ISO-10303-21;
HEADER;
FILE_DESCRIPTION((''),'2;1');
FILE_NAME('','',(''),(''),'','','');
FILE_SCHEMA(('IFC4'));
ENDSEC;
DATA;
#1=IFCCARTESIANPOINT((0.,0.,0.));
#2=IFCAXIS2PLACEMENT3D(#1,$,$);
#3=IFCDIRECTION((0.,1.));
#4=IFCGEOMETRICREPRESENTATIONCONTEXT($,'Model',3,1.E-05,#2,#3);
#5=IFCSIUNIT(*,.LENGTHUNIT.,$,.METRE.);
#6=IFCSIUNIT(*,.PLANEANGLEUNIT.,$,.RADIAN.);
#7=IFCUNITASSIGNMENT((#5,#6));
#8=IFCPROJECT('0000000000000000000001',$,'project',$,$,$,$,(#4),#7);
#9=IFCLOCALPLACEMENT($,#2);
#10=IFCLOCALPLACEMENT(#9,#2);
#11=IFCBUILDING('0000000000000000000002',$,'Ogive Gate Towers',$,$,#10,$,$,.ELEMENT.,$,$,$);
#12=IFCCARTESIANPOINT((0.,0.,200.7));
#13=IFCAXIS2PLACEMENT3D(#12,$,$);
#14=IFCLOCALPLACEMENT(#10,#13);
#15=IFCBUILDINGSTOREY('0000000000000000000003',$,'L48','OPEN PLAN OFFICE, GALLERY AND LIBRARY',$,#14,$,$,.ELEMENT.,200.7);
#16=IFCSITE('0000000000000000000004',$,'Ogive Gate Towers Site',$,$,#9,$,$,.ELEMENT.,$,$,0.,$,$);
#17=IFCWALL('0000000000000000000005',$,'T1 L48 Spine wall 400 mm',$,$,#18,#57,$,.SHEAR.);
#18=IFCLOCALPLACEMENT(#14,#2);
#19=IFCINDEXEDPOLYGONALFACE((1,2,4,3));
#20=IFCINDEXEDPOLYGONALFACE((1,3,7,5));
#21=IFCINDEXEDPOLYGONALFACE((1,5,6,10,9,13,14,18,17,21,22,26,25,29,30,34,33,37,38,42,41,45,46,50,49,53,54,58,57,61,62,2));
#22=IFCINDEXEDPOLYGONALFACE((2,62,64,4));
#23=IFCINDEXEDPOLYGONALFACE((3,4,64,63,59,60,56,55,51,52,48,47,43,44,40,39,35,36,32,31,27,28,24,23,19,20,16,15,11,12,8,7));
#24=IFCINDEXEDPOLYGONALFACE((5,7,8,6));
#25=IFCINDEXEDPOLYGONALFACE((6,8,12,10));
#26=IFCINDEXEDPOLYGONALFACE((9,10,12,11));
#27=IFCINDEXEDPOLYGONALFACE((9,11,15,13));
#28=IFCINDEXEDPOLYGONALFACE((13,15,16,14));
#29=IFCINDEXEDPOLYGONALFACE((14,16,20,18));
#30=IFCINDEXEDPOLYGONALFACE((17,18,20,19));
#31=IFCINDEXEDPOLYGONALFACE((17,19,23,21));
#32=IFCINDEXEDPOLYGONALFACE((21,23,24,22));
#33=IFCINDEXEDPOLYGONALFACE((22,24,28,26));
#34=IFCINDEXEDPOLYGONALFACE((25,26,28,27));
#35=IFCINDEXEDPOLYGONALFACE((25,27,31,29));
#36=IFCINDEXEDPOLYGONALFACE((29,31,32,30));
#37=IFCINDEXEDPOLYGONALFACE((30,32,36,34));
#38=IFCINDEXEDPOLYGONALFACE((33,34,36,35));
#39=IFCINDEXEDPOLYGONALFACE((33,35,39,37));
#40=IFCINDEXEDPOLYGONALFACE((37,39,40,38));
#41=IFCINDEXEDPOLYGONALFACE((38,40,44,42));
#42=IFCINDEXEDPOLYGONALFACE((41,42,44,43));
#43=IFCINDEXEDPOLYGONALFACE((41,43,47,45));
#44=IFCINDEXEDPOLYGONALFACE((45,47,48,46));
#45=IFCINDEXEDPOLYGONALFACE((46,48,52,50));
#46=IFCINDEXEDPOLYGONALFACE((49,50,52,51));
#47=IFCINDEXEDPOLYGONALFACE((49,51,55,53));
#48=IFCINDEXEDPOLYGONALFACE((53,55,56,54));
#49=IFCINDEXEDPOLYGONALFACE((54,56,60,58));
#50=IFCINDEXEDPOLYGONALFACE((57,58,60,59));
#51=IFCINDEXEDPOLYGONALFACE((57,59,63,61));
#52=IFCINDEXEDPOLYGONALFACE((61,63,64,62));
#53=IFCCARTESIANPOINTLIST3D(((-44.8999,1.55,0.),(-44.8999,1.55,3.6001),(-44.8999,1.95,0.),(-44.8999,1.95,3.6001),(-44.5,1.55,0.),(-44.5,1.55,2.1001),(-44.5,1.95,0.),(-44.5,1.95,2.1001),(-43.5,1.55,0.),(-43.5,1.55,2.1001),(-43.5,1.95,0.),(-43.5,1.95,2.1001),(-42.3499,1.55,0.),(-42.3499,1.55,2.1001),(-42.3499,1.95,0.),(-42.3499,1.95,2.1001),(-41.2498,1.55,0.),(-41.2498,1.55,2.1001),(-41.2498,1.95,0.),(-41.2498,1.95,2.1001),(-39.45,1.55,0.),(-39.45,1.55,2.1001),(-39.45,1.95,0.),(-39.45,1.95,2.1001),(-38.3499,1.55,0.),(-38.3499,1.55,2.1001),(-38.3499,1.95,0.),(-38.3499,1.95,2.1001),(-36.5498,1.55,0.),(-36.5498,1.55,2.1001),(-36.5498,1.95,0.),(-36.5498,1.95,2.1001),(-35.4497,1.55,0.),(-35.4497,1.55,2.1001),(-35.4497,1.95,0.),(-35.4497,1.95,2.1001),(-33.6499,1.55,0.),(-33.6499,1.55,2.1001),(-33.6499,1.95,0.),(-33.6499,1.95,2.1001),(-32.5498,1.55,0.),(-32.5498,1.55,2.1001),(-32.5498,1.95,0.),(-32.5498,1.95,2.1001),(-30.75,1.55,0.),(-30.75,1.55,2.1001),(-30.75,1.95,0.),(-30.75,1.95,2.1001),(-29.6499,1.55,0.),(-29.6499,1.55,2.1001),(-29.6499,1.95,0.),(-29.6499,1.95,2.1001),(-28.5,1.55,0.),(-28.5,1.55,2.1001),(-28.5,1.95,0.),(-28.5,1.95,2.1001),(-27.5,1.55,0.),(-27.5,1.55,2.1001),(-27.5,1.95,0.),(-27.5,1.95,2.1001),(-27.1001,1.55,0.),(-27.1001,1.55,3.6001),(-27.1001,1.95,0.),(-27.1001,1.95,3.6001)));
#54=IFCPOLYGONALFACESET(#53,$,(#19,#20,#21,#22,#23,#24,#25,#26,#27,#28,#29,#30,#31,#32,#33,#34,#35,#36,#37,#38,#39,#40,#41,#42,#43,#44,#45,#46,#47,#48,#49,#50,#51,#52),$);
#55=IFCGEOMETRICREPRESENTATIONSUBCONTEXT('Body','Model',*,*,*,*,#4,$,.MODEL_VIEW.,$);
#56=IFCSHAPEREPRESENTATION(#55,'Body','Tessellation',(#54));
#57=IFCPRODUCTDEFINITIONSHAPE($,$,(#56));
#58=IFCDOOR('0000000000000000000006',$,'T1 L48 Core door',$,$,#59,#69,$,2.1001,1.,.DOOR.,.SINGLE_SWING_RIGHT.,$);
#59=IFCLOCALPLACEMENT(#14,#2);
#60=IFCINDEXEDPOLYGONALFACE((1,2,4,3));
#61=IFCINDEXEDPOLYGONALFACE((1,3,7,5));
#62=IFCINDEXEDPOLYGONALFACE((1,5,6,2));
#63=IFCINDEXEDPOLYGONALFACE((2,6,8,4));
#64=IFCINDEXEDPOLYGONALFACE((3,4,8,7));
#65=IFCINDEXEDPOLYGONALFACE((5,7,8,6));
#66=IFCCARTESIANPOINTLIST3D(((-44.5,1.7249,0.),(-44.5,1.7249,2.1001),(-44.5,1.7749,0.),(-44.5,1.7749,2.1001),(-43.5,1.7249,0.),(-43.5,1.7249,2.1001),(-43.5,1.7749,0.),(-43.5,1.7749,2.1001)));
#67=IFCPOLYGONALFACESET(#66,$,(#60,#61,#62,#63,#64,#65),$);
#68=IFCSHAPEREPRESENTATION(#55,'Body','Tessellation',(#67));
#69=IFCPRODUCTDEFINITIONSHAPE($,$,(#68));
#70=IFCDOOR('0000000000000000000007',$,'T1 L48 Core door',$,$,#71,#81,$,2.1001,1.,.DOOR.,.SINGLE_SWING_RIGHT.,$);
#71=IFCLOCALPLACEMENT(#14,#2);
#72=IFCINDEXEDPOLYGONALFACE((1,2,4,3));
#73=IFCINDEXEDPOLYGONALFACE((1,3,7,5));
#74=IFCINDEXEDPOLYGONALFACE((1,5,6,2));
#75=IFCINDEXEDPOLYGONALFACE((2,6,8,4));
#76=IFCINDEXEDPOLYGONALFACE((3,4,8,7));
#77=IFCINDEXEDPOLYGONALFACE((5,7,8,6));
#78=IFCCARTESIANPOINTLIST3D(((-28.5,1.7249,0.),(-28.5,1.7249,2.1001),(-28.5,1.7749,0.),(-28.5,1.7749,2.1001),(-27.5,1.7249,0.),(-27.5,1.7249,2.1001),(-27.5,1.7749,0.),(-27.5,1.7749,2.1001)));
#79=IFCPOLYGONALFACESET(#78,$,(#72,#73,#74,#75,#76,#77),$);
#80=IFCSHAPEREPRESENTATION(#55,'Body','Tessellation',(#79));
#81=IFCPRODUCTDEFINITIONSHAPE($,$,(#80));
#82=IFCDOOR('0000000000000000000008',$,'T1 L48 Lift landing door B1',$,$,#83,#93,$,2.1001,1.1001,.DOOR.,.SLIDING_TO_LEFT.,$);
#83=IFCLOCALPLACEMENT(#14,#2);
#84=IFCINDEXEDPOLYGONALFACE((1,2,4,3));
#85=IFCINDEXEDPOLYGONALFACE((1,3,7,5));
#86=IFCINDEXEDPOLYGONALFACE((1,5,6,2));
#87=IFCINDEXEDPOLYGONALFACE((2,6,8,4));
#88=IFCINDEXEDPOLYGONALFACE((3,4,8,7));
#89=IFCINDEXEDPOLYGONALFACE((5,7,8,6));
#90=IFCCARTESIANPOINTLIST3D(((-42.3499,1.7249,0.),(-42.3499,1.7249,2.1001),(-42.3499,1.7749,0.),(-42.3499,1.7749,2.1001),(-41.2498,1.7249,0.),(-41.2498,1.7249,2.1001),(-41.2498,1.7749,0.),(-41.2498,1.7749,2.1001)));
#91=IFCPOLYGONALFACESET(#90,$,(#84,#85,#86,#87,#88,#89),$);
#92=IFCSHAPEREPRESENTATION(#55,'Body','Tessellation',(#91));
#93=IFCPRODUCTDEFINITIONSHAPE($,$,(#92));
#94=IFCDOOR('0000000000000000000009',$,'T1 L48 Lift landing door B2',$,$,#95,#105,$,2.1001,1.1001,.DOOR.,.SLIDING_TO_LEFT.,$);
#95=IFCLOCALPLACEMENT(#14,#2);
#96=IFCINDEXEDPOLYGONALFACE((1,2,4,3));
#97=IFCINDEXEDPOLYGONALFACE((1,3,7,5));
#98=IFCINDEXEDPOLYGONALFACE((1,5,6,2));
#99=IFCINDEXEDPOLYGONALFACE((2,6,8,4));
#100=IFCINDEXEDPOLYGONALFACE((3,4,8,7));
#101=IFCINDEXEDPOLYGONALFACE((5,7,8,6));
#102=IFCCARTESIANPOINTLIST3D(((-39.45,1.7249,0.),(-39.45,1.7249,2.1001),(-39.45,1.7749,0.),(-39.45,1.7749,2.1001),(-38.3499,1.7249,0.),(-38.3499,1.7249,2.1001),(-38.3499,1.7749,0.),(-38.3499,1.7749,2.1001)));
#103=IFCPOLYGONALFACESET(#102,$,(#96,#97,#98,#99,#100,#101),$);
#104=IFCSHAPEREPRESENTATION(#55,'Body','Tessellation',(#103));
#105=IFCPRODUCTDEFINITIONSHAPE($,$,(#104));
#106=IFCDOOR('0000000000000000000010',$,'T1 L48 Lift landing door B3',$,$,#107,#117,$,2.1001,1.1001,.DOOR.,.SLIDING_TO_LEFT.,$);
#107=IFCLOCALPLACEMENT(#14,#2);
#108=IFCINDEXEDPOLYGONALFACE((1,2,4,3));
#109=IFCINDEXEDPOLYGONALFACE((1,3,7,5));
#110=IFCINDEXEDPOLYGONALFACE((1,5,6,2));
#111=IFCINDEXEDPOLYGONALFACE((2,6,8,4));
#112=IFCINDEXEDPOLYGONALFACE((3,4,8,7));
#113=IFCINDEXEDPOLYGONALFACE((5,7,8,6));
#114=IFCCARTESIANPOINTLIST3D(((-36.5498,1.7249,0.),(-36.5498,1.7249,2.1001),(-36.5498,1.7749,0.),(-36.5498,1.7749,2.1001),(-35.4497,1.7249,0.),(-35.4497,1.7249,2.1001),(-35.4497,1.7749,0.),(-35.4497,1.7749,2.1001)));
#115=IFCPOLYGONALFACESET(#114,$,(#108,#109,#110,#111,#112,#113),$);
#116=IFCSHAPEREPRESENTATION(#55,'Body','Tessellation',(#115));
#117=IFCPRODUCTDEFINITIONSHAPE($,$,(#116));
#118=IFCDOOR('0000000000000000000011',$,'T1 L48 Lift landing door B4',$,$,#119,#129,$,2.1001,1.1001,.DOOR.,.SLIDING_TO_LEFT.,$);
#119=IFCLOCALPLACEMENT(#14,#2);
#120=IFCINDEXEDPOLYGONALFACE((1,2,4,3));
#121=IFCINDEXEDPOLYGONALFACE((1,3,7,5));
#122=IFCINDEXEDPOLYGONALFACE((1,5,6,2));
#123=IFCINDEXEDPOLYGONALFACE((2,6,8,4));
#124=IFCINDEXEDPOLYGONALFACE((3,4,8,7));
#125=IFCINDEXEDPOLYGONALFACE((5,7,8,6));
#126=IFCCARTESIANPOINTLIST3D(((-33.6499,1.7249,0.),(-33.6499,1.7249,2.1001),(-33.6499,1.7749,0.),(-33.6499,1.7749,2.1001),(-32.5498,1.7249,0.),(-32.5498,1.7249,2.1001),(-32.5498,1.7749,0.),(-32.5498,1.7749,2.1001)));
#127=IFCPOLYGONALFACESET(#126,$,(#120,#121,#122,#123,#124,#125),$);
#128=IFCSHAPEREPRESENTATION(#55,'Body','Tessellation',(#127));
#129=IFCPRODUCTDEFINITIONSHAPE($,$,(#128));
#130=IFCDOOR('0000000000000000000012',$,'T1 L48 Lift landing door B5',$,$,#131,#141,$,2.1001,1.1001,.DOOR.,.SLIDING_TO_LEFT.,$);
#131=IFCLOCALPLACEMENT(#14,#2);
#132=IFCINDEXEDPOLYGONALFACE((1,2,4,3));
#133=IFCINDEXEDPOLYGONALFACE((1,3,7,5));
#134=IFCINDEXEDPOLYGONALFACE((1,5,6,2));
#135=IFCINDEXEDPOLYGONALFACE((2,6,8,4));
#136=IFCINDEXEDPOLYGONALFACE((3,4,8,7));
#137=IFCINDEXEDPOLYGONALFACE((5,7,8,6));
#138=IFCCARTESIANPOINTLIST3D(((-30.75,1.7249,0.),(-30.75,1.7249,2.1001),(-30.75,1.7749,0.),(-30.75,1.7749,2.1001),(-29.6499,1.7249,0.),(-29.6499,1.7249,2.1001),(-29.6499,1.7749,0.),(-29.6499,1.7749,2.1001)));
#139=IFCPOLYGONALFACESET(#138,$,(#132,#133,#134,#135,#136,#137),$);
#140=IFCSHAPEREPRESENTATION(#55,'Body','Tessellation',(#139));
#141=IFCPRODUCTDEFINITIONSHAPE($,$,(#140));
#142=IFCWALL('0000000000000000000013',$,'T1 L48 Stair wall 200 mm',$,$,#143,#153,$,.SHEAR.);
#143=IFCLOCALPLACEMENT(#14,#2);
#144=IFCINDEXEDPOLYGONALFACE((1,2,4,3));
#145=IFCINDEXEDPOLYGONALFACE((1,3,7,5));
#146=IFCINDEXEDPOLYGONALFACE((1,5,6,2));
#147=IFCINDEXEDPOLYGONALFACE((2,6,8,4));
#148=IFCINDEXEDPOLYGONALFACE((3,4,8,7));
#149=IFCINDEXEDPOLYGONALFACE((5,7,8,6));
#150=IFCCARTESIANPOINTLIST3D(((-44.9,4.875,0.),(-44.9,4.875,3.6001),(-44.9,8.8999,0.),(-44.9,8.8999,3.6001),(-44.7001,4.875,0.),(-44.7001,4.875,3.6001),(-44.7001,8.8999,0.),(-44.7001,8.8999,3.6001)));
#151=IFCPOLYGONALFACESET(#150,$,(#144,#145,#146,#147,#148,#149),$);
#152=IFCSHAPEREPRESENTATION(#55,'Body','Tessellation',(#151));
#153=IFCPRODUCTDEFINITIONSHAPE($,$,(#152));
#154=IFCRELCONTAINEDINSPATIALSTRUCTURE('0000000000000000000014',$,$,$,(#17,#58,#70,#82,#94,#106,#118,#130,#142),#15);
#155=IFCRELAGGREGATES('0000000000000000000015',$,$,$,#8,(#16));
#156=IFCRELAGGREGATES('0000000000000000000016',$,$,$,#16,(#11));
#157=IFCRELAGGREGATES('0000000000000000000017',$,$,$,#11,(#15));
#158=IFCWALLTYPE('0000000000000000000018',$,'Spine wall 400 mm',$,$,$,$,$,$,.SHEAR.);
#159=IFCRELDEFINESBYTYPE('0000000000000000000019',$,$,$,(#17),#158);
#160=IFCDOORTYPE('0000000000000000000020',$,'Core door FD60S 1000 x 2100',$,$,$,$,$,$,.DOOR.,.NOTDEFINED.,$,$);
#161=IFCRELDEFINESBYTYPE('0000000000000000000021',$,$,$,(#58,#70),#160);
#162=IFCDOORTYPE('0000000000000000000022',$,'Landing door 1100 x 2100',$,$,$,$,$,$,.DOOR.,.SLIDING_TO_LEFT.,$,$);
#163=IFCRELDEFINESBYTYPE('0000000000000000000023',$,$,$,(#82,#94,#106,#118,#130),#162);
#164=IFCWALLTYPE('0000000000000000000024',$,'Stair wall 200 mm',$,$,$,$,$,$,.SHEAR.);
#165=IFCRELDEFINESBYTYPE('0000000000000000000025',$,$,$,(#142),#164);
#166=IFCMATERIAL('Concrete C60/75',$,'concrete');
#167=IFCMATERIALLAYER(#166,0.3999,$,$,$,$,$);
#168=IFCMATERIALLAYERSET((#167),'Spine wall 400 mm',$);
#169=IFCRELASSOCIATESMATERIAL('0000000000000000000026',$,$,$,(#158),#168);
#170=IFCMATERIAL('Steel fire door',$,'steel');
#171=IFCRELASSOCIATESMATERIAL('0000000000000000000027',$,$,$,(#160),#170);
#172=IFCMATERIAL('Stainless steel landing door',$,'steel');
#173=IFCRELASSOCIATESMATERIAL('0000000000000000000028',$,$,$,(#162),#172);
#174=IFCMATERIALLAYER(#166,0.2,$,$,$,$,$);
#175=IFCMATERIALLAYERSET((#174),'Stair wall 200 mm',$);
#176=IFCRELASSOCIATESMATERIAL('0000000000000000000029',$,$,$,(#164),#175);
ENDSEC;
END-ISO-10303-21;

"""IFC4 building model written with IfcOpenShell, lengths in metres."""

from ifc_helpers import new_model, si_unit, direction, frame, frame_2d, origin, place, context, subcontext, project, spatial, rectangle, extrude, material, layer, layer_set, type_object, element, fill, save


model = new_model("IFC4")

# Units and contexts
model_context = context("Model", 3, precision=1e-05, world=origin(), true_north=direction((0.0, 1.0)))
body_context = subcontext(model_context, "Body", "Model", "MODEL_VIEW")
ifc_project = project(units=[si_unit("LENGTHUNIT", "METRE"), si_unit("PLANEANGLEUNIT", "RADIAN")], contexts=[model_context])

# Site, building, storey
site_placement = place(None, origin())
site = spatial("IfcSite", under=ifc_project, at=site_placement, Name="Ogive Gate Towers Site", CompositionType="ELEMENT", RefElevation=0.0)
building_placement = place(site_placement, origin())
building = spatial("IfcBuilding", under=site, at=building_placement, Name="Ogive Gate Towers", CompositionType="ELEMENT")
storey_placement = place(building_placement, frame((0.0, 0.0, 200.7)))
storey = spatial("IfcBuildingStorey", under=building, at=storey_placement, Name="L48", Description="OPEN PLAN OFFICE, GALLERY AND LIBRARY", CompositionType="ELEMENT", Elevation=200.7)

# Shared definitions
ifc_material_1 = material(Name="Concrete C60/75", Category="concrete")

# Shared definitions
ifc_material_2 = material(Name="Steel fire door", Category="steel")

# Wall, openings, doors
ifc_layer_1 = layer(ifc_material_1, 0.3999)
ifc_layer_set_1 = layer_set([ifc_layer_1], Name="Spine wall 400 mm")
wall_type_1 = type_object("IfcWallType", Name="Spine wall 400 mm", PredefinedType="SHEAR", material=ifc_layer_set_1)
wall_1_placement = place(storey_placement, frame((-44.8999, 1.75, 0.0), z_axis=(0.0, 0.0, 1.0), x_axis=(1.0, 0.0, 0.0)))
wall_1 = element("IfcWall", 1, at=wall_1_placement, inside=storey, type_object=wall_type_1, Name="T1 L48 Spine wall 400 mm", PredefinedType="SHEAR", context=body_context, shape_type="SweptSolid", body=[
    extrude(rectangle(XDim=17.7998, YDim=0.3999, at=frame_2d((8.8999, 0.0))), origin(), (0.0, 0.0, 1.0), 3.6001),
])
opening_1_placement = place(wall_1_placement, frame((0.3999, 0.0, 0.0)))
opening_1 = element("IfcOpeningElement", 2, at=opening_1_placement, cuts=wall_1, PredefinedType="OPENING", context=body_context, shape_type="SweptSolid", body=[
    extrude(rectangle(XDim=1.0, YDim=2.1001, at=frame_2d((0.5, 1.05))), frame((0.0, 0.21, 0.0), z_axis=(0.0, -1.0, 0.0), x_axis=(1.0, 0.0, 0.0)), (0.0, 0.0, 1.0), 0.4199),
])
opening_2_placement = place(wall_1_placement, frame((2.55, 0.0, 0.0)))
opening_2 = element("IfcOpeningElement", 3, at=opening_2_placement, cuts=wall_1, PredefinedType="OPENING", context=body_context, shape_type="SweptSolid", body=[
    extrude(rectangle(XDim=1.1001, YDim=2.1001, at=frame_2d((0.55, 1.05))), frame((0.0, 0.21, 0.0), z_axis=(0.0, -1.0, 0.0), x_axis=(1.0, 0.0, 0.0)), (0.0, 0.0, 1.0), 0.4199),
])
opening_3_placement = place(wall_1_placement, frame((5.45, 0.0, 0.0)))
opening_3 = element("IfcOpeningElement", 4, at=opening_3_placement, cuts=wall_1, PredefinedType="OPENING", context=body_context, shape_type="SweptSolid", body=[
    extrude(rectangle(XDim=1.1001, YDim=2.1001, at=frame_2d((0.55, 1.05))), frame((0.0, 0.21, 0.0), z_axis=(0.0, -1.0, 0.0), x_axis=(1.0, 0.0, 0.0)), (0.0, 0.0, 1.0), 0.4199),
])
opening_4_placement = place(wall_1_placement, frame((8.3501, 0.0, 0.0)))
opening_4 = element("IfcOpeningElement", 5, at=opening_4_placement, cuts=wall_1, PredefinedType="OPENING", context=body_context, shape_type="SweptSolid", body=[
    extrude(rectangle(XDim=1.1001, YDim=2.1001, at=frame_2d((0.55, 1.05))), frame((0.0, 0.21, 0.0), z_axis=(0.0, -1.0, 0.0), x_axis=(1.0, 0.0, 0.0)), (0.0, 0.0, 1.0), 0.4199),
])
opening_5_placement = place(wall_1_placement, frame((11.25, 0.0, 0.0)))
opening_5 = element("IfcOpeningElement", 6, at=opening_5_placement, cuts=wall_1, PredefinedType="OPENING", context=body_context, shape_type="SweptSolid", body=[
    extrude(rectangle(XDim=1.1001, YDim=2.1001, at=frame_2d((0.55, 1.05))), frame((0.0, 0.21, 0.0), z_axis=(0.0, -1.0, 0.0), x_axis=(1.0, 0.0, 0.0)), (0.0, 0.0, 1.0), 0.4199),
])
opening_6_placement = place(wall_1_placement, frame((14.1499, 0.0, 0.0)))
opening_6 = element("IfcOpeningElement", 7, at=opening_6_placement, cuts=wall_1, PredefinedType="OPENING", context=body_context, shape_type="SweptSolid", body=[
    extrude(rectangle(XDim=1.1001, YDim=2.1001, at=frame_2d((0.55, 1.05))), frame((0.0, 0.21, 0.0), z_axis=(0.0, -1.0, 0.0), x_axis=(1.0, 0.0, 0.0)), (0.0, 0.0, 1.0), 0.4199),
])
opening_7_placement = place(wall_1_placement, frame((16.3999, 0.0, 0.0)))
opening_7 = element("IfcOpeningElement", 8, at=opening_7_placement, cuts=wall_1, PredefinedType="OPENING", context=body_context, shape_type="SweptSolid", body=[
    extrude(rectangle(XDim=1.0, YDim=2.1001, at=frame_2d((0.5, 1.05))), frame((0.0, 0.21, 0.0), z_axis=(0.0, -1.0, 0.0), x_axis=(1.0, 0.0, 0.0)), (0.0, 0.0, 1.0), 0.4199),
])
door_type_1 = type_object("IfcDoorType", Name="Core door FD60S 1000 x 2100", OperationType="NOTDEFINED", PredefinedType="DOOR", material=ifc_material_2)
door_1_placement = place(opening_1_placement, origin())
door_1 = element("IfcDoor", 9, at=door_1_placement, inside=storey, type_object=door_type_1, Name="T1 L48 Core door", OperationType="SINGLE_SWING_RIGHT", OverallHeight=2.1001, OverallWidth=1.0, PredefinedType="DOOR", context=body_context, shape_type="SweptSolid", body=[
    extrude(rectangle(XDim=1.0, YDim=2.1001, at=frame_2d((0.5, 1.05))), frame((0.0, 0.0249, 0.0), z_axis=(0.0, -1.0, 0.0), x_axis=(1.0, 0.0, 0.0)), (0.0, 0.0, 1.0), 0.05),
])
fill(opening_1, door_1)
door_2_placement = place(opening_7_placement, origin())
door_2 = element("IfcDoor", 10, at=door_2_placement, inside=storey, type_object=door_type_1, Name="T1 L48 Core door", OperationType="SINGLE_SWING_RIGHT", OverallHeight=2.1001, OverallWidth=1.0, PredefinedType="DOOR", context=body_context, shape_type="SweptSolid", body=[
    extrude(rectangle(XDim=1.0, YDim=2.1001, at=frame_2d((0.5, 1.05))), frame((0.0, 0.0249, 0.0), z_axis=(0.0, -1.0, 0.0), x_axis=(1.0, 0.0, 0.0)), (0.0, 0.0, 1.0), 0.05),
])
fill(opening_7, door_2)
ifc_material_3 = material(Name="Stainless steel landing door", Category="steel")
door_type_2 = type_object("IfcDoorType", Name="Landing door 1100 x 2100", OperationType="SLIDING_TO_LEFT", PredefinedType="DOOR", material=ifc_material_3)
door_3_placement = place(opening_2_placement, origin())
door_3 = element("IfcDoor", 11, at=door_3_placement, inside=storey, type_object=door_type_2, Name="T1 L48 Lift landing door B1", OperationType="SLIDING_TO_LEFT", OverallHeight=2.1001, OverallWidth=1.1001, PredefinedType="DOOR", context=body_context, shape_type="SweptSolid", body=[
    extrude(rectangle(XDim=1.1001, YDim=2.1001, at=frame_2d((0.55, 1.05))), frame((0.0, 0.0249, 0.0), z_axis=(0.0, -1.0, 0.0), x_axis=(1.0, 0.0, 0.0)), (0.0, 0.0, 1.0), 0.05),
])
fill(opening_2, door_3)
door_4_placement = place(opening_3_placement, origin())
door_4 = element("IfcDoor", 12, at=door_4_placement, inside=storey, type_object=door_type_2, Name="T1 L48 Lift landing door B2", OperationType="SLIDING_TO_LEFT", OverallHeight=2.1001, OverallWidth=1.1001, PredefinedType="DOOR", context=body_context, shape_type="SweptSolid", body=[
    extrude(rectangle(XDim=1.1001, YDim=2.1001, at=frame_2d((0.55, 1.05))), frame((0.0, 0.0249, 0.0), z_axis=(0.0, -1.0, 0.0), x_axis=(1.0, 0.0, 0.0)), (0.0, 0.0, 1.0), 0.05),
])
fill(opening_3, door_4)
door_5_placement = place(opening_4_placement, origin())
door_5 = element("IfcDoor", 13, at=door_5_placement, inside=storey, type_object=door_type_2, Name="T1 L48 Lift landing door B3", OperationType="SLIDING_TO_LEFT", OverallHeight=2.1001, OverallWidth=1.1001, PredefinedType="DOOR", context=body_context, shape_type="SweptSolid", body=[
    extrude(rectangle(XDim=1.1001, YDim=2.1001, at=frame_2d((0.55, 1.05))), frame((0.0, 0.0249, 0.0), z_axis=(0.0, -1.0, 0.0), x_axis=(1.0, 0.0, 0.0)), (0.0, 0.0, 1.0), 0.05),
])
fill(opening_4, door_5)
door_6_placement = place(opening_5_placement, origin())
door_6 = element("IfcDoor", 14, at=door_6_placement, inside=storey, type_object=door_type_2, Name="T1 L48 Lift landing door B4", OperationType="SLIDING_TO_LEFT", OverallHeight=2.1001, OverallWidth=1.1001, PredefinedType="DOOR", context=body_context, shape_type="SweptSolid", body=[
    extrude(rectangle(XDim=1.1001, YDim=2.1001, at=frame_2d((0.55, 1.05))), frame((0.0, 0.0249, 0.0), z_axis=(0.0, -1.0, 0.0), x_axis=(1.0, 0.0, 0.0)), (0.0, 0.0, 1.0), 0.05),
])
fill(opening_5, door_6)
door_7_placement = place(opening_6_placement, origin())
door_7 = element("IfcDoor", 15, at=door_7_placement, inside=storey, type_object=door_type_2, Name="T1 L48 Lift landing door B5", OperationType="SLIDING_TO_LEFT", OverallHeight=2.1001, OverallWidth=1.1001, PredefinedType="DOOR", context=body_context, shape_type="SweptSolid", body=[
    extrude(rectangle(XDim=1.1001, YDim=2.1001, at=frame_2d((0.55, 1.05))), frame((0.0, 0.0249, 0.0), z_axis=(0.0, -1.0, 0.0), x_axis=(1.0, 0.0, 0.0)), (0.0, 0.0, 1.0), 0.05),
])
fill(opening_6, door_7)

# Wall
ifc_layer_2 = layer(ifc_material_1, 0.2)
ifc_layer_set_2 = layer_set([ifc_layer_2], Name="Stair wall 200 mm")
wall_type_2 = type_object("IfcWallType", Name="Stair wall 200 mm", PredefinedType="SHEAR", material=ifc_layer_set_2)
wall_2_placement = place(storey_placement, frame((-44.8, 4.875, 0.0), z_axis=(0.0, 0.0, 1.0), x_axis=(0.0, 1.0, 0.0)))
element("IfcWall", 16, at=wall_2_placement, inside=storey, type_object=wall_type_2, Name="T1 L48 Stair wall 200 mm", PredefinedType="SHEAR", context=body_context, shape_type="SweptSolid", body=[
    extrude(rectangle(XDim=4.0249, YDim=0.2, at=frame_2d((2.0125, 0.0))), origin(), (0.0, 0.0, 1.0), 3.6001),
])

save(model, "model.ifc")
